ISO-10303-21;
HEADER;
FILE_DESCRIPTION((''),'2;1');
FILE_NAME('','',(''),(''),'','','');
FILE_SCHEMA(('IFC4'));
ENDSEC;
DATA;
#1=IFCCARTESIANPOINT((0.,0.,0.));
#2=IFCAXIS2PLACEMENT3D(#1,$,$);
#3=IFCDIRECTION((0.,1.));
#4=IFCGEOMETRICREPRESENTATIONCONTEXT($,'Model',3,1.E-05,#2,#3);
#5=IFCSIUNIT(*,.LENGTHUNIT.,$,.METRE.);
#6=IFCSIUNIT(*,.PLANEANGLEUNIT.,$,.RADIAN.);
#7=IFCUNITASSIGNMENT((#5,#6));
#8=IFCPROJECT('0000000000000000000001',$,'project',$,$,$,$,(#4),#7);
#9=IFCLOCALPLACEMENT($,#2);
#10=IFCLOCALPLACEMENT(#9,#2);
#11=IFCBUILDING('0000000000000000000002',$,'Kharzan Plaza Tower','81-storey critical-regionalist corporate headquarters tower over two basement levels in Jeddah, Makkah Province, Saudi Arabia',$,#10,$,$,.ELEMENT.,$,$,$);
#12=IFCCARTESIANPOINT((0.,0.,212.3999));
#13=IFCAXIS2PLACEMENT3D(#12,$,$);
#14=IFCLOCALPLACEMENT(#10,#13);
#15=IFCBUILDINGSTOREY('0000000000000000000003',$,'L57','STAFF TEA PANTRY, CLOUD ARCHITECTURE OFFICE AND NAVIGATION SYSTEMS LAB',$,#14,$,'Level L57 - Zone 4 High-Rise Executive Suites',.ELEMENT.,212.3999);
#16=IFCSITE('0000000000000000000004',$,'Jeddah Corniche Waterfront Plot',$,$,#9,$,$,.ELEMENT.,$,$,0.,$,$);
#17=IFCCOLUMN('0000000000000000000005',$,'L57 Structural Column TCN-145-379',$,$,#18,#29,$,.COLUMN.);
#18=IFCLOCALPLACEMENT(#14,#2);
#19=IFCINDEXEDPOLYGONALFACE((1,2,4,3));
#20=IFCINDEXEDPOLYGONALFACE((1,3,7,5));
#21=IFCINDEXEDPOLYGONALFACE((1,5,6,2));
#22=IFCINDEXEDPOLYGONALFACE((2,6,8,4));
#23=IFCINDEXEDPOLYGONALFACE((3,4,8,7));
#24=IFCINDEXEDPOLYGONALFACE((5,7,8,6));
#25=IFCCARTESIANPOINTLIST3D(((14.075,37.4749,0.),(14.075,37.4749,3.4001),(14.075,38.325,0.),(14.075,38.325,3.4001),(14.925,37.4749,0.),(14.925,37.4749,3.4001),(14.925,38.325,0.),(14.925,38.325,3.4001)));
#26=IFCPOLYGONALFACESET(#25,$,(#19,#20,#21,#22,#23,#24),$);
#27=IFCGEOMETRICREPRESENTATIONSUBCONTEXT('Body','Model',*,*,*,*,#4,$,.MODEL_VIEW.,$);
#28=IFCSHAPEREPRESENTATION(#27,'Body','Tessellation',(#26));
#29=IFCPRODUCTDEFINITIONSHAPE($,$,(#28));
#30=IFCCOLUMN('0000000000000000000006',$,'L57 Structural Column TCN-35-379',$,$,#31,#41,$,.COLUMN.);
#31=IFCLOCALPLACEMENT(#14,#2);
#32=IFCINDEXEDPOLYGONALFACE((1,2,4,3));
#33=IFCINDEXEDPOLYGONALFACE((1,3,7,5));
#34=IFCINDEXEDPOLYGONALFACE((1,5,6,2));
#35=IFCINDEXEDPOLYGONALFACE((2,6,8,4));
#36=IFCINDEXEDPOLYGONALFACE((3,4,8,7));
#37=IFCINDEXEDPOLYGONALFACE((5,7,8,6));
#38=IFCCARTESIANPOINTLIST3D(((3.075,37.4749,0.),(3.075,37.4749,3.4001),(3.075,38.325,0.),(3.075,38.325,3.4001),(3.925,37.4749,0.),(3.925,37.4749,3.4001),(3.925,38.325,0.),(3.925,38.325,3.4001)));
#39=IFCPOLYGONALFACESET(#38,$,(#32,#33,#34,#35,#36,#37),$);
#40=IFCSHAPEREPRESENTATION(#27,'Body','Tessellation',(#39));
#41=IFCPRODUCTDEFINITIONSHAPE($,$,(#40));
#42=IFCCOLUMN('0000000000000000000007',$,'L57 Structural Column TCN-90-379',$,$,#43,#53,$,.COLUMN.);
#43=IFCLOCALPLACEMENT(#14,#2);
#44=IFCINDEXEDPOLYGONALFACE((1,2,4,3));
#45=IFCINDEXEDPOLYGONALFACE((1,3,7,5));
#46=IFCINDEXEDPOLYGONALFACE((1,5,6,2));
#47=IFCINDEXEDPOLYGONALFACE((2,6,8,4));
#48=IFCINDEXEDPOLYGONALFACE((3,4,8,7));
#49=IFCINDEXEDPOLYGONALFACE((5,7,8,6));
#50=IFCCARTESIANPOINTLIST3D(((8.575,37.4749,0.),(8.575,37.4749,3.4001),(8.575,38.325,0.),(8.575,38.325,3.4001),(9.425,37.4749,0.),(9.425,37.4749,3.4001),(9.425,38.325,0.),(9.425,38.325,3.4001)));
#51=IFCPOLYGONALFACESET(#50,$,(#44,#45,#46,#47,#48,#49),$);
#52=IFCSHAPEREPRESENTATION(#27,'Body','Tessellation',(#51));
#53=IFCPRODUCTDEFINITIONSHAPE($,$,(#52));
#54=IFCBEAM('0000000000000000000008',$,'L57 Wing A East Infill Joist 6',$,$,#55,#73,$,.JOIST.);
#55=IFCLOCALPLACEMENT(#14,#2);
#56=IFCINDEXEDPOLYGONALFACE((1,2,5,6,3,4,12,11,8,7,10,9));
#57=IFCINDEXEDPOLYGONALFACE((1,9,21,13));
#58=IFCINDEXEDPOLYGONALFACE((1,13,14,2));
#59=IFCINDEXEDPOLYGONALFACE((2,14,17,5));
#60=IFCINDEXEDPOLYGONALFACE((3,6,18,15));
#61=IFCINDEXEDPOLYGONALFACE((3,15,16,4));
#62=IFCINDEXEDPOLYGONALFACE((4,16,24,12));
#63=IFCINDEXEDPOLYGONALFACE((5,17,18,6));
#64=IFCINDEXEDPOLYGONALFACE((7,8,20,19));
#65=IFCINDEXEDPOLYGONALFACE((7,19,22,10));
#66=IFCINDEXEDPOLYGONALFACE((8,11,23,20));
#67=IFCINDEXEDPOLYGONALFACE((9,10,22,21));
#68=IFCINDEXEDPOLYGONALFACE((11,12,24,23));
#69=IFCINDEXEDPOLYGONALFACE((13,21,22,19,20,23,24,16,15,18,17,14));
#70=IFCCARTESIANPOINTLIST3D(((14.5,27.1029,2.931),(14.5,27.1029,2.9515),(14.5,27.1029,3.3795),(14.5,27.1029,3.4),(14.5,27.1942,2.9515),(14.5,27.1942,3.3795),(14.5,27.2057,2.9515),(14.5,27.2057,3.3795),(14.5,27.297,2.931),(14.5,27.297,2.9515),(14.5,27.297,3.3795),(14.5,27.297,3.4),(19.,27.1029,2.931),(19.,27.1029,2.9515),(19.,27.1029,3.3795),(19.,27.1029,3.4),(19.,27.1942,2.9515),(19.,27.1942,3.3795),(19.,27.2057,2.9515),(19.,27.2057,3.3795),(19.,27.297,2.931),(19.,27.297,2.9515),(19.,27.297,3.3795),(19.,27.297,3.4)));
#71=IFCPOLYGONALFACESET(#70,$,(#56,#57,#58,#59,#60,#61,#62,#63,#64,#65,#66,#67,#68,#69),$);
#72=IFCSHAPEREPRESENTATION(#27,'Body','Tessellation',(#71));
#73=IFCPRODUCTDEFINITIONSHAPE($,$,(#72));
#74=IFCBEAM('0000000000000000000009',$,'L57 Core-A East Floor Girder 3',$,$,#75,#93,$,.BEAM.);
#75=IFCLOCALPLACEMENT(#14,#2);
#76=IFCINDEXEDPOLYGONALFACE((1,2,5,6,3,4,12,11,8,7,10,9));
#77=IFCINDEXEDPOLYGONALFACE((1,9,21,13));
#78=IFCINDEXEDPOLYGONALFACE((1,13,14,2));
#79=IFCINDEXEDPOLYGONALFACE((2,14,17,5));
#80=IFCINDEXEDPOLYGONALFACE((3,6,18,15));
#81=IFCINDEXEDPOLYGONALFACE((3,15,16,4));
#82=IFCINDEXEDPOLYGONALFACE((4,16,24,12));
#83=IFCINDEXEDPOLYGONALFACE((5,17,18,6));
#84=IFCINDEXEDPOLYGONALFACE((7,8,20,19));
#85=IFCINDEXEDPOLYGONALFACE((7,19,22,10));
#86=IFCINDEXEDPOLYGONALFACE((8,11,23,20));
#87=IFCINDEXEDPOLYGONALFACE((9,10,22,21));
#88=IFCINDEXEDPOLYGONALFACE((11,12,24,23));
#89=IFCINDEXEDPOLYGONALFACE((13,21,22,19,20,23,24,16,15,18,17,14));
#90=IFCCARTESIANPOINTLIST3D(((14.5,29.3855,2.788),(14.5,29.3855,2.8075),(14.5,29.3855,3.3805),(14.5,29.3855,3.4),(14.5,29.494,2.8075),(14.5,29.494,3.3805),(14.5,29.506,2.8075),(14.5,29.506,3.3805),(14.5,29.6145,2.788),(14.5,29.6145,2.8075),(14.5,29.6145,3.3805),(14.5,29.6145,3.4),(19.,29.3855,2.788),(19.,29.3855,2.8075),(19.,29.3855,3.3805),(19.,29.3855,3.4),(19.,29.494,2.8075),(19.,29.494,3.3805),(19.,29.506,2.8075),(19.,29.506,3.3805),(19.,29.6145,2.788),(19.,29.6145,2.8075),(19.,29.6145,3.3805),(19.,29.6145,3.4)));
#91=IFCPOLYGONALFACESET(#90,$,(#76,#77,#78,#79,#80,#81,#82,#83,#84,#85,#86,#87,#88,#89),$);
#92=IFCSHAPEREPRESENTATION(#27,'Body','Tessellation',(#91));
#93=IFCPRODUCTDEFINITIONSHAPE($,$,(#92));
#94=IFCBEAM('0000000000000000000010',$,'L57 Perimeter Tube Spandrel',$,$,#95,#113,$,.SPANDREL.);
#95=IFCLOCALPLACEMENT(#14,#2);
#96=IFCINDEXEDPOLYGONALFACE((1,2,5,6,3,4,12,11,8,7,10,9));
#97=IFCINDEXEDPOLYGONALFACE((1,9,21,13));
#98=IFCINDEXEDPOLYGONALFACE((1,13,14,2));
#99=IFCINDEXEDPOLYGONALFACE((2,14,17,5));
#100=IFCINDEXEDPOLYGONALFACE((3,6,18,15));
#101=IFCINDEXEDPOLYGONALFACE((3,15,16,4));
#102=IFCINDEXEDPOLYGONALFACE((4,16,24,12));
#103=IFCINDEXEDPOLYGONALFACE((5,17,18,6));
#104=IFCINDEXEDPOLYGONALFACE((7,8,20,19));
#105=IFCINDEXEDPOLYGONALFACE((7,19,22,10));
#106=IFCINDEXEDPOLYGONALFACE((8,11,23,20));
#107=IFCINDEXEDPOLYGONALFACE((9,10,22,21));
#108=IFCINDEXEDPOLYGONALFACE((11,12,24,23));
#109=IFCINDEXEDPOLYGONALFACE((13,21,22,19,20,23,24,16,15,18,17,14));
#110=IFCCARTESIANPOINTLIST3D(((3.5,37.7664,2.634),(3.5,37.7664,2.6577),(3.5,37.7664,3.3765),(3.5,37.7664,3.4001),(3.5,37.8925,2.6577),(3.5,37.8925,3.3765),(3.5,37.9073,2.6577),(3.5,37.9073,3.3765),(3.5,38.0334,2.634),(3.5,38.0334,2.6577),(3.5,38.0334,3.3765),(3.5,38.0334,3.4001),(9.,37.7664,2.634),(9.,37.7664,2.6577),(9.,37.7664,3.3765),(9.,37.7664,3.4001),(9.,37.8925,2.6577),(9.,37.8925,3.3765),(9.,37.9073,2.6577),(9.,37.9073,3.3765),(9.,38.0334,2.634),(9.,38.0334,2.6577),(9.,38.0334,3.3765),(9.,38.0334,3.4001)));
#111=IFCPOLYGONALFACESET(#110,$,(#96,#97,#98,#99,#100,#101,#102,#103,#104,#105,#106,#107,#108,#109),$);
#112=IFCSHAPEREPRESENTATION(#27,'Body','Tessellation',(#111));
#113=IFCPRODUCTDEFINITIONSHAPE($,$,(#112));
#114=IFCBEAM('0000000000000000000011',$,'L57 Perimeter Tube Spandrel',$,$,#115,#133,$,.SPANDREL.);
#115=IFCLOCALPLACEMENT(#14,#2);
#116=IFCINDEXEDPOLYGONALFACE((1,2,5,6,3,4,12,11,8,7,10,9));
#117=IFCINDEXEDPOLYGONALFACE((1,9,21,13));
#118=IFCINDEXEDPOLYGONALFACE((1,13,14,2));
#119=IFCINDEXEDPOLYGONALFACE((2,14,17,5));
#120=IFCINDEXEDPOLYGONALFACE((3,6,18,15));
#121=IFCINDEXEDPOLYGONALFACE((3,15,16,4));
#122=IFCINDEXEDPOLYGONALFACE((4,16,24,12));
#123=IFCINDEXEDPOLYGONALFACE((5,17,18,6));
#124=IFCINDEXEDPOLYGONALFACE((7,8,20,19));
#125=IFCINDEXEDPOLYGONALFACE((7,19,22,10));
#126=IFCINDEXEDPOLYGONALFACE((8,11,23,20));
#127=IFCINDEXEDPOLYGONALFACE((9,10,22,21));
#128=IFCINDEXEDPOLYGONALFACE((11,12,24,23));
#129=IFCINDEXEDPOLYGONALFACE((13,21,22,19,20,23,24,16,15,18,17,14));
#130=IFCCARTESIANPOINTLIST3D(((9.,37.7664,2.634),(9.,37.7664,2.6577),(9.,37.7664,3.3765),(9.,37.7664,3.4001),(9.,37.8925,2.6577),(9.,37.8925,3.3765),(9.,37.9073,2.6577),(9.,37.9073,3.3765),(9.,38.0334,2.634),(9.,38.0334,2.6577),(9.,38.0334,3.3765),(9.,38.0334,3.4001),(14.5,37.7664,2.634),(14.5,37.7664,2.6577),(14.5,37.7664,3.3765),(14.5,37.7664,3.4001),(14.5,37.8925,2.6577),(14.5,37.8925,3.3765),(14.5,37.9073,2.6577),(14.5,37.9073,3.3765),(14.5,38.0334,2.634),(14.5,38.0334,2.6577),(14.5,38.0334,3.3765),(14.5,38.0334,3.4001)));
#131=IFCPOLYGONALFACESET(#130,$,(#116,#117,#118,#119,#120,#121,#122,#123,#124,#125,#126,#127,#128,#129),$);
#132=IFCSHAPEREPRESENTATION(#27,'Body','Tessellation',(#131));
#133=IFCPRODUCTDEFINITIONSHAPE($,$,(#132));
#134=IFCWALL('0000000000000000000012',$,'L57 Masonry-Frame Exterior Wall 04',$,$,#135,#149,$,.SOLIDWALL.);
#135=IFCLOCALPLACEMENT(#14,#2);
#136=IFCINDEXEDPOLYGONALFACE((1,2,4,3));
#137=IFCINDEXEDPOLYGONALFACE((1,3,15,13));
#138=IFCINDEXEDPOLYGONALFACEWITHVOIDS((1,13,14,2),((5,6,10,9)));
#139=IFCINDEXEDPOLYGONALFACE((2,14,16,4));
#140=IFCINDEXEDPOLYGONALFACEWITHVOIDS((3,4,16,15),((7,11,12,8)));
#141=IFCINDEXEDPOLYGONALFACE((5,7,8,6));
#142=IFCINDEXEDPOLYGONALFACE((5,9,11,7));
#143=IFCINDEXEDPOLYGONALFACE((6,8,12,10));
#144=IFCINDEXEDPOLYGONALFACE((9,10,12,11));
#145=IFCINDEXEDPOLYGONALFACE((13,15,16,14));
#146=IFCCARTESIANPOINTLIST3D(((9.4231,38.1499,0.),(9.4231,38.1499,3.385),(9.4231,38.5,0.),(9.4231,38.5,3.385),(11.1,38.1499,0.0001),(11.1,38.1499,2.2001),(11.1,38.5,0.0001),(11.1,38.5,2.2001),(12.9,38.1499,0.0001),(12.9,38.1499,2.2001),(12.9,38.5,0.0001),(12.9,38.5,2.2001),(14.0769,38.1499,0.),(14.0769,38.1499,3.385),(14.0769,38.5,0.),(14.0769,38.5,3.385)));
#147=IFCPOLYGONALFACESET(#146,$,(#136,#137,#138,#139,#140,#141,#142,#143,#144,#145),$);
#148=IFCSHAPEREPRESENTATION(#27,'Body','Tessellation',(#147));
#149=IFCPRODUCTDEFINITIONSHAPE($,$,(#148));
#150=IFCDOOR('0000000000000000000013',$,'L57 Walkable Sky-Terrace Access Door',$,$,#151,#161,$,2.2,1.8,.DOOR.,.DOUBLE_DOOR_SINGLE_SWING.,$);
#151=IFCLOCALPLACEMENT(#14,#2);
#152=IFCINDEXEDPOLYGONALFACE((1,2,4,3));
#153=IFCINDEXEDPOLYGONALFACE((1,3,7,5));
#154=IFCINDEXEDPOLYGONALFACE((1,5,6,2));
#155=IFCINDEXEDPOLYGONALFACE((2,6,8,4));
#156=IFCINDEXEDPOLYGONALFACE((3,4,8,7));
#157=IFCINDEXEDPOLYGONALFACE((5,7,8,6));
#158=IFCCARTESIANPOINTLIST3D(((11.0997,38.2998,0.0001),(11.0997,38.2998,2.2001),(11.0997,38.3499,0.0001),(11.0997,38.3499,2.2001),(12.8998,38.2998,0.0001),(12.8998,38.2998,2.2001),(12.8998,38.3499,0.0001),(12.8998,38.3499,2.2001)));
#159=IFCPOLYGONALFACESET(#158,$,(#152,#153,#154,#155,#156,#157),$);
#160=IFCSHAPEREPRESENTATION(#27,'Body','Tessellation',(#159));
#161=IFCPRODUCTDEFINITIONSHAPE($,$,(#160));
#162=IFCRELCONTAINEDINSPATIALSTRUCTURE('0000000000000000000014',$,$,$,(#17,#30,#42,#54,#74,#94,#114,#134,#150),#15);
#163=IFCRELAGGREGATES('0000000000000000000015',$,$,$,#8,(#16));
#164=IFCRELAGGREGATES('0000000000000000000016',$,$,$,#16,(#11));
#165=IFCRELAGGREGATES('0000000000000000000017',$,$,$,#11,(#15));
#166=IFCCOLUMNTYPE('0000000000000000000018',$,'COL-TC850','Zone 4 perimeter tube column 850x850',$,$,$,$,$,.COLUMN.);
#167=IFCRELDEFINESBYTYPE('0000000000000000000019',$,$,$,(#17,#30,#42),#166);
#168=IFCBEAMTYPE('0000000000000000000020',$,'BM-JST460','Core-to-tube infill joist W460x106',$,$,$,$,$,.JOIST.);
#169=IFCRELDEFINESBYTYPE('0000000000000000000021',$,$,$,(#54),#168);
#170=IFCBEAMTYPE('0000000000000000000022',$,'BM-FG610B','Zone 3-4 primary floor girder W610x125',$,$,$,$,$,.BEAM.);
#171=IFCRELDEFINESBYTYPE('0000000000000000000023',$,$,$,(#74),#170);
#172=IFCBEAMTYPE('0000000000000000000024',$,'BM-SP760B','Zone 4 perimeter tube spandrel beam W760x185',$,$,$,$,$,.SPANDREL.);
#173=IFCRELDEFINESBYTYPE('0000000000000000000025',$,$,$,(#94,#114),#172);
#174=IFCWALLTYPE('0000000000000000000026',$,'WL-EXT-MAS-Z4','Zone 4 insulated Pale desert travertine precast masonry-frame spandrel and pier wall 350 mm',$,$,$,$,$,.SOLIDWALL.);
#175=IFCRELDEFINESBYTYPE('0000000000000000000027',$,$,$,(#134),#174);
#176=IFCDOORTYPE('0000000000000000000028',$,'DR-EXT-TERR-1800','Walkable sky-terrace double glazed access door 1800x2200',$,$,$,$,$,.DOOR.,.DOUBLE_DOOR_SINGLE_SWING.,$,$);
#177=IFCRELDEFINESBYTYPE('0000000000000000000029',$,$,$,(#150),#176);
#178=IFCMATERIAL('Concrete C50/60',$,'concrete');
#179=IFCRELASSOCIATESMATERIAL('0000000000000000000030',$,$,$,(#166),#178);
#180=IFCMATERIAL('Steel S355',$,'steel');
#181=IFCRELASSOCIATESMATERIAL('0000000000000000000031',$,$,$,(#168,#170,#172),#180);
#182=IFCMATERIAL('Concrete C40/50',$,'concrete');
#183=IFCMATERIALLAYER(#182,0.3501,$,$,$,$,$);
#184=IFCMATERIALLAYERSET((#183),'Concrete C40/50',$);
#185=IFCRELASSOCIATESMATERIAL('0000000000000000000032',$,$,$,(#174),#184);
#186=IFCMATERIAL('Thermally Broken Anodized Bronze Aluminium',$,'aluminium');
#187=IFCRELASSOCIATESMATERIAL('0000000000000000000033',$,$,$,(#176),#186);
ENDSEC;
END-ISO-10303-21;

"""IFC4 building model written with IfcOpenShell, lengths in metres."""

from ifc_helpers import new_model, si_unit, direction, frame, frame_2d, origin, origin_2d, place, context, subcontext, project, spatial, rectangle, i_section, extrude, source, transform, mapped, material, layer, layer_set, material_profile, profile_set, type_object, element, fill, save


model = new_model("IFC4")

# Units and contexts
model_context = context("Model", 3, precision=1e-05, world=origin(), true_north=direction((0.0, 1.0)))
body_context = subcontext(model_context, "Body", "Model", "MODEL_VIEW")
ifc_project = project(units=[si_unit("LENGTHUNIT", "METRE"), si_unit("PLANEANGLEUNIT", "RADIAN")], contexts=[model_context])

# Site, building, storey
site_placement = place(None, origin())
site = spatial("IfcSite", under=ifc_project, at=site_placement, Name="Jeddah Corniche Waterfront Plot", CompositionType="ELEMENT", RefElevation=0.0)
building_placement = place(site_placement, origin())
building = spatial("IfcBuilding", under=site, at=building_placement, Name="Kharzan Plaza Tower", Description="81-storey critical-regionalist corporate headquarters tower over two basement levels in Jeddah, Makkah Province, Saudi Arabia", CompositionType="ELEMENT")
storey_placement = place(building_placement, frame((0.0, 0.0, 212.3999)))
storey = spatial("IfcBuildingStorey", under=building, at=storey_placement, Name="L57", Description="STAFF TEA PANTRY, CLOUD ARCHITECTURE OFFICE AND NAVIGATION SYSTEMS LAB", LongName="Level L57 - Zone 4 High-Rise Executive Suites", CompositionType="ELEMENT", Elevation=212.3999)

# Columns
ifc_material_1 = material(Name="Concrete C50/60", Category="concrete")
ifc_material_profile_1 = material_profile(ifc_material_1, rectangle(XDim=0.8501, YDim=0.8501, at=origin_2d()), Name="RC-TC850x850")
ifc_profile_set_1 = profile_set([ifc_material_profile_1], Name="Concrete C50/60")
column_type = type_object("IfcColumnType", Name="COL-TC850", Description="Zone 4 perimeter tube column 850x850", PredefinedType="COLUMN", material=ifc_profile_set_1)
shared_shape_1 = source(origin(), body_context, "Body", "SweptSolid", [
    extrude(rectangle(XDim=0.8501, YDim=0.8501, at=origin_2d()), origin(), (0.0, 0.0, 1.0), 3.4001),
])
for number, where, z_axis, x_axis, name in (
    (1, (14.5, 37.8999, 0.0), (0.0, 0.0, 1.0), (1.0, 0.0, 0.0), "L57 Structural Column TCN-145-379"),
    (2, (3.5, 37.8999, 0.0), (0.0, 0.0, 1.0), (1.0, 0.0, 0.0), "L57 Structural Column TCN-35-379"),
    (3, (9.0, 37.8999, 0.0), (0.0, 0.0, 1.0), (1.0, 0.0, 0.0), "L57 Structural Column TCN-90-379"),
):
    element("IfcColumn", number, at=place(storey_placement, frame(where, z_axis=z_axis, x_axis=x_axis)), inside=storey, type_object=column_type, Name=name, PredefinedType="COLUMN", context=body_context, shape_type="MappedRepresentation", body=[
        mapped(shared_shape_1, transform((0.0, 0.0, 0.0), x_axis=(1.0, 0.0, 0.0), y_axis=(0.0, 1.0, 0.0), z_axis=(0.0, 0.0, 1.0))),
    ])

# Beams
ifc_material_2 = material(Name="Steel S355", Category="steel")
ifc_material_profile_2 = material_profile(ifc_material_2, i_section(OverallWidth=0.1941, OverallDepth=0.469, WebThickness=0.0115, FlangeThickness=0.0205, at=origin_2d()), Name="W460x106")
ifc_profile_set_2 = profile_set([ifc_material_profile_2], Name="Steel S355")
beam_type_1 = type_object("IfcBeamType", Name="BM-JST460", Description="Core-to-tube infill joist W460x106", PredefinedType="JOIST", material=ifc_profile_set_2)
shared_shape_2 = source(origin(), body_context, "Body", "SweptSolid", [
    extrude(i_section(OverallWidth=0.1941, OverallDepth=0.469, WebThickness=0.0115, FlangeThickness=0.0205, at=origin_2d()), origin(), (0.0, 0.0, 1.0), 4.5),
])
beam_1_placement = place(storey_placement, frame((14.5, 27.2, 3.1655), z_axis=(1.0, 0.0, 0.0), x_axis=(0.0, 1.0, 0.0)))
element("IfcBeam", 4, at=beam_1_placement, inside=storey, type_object=beam_type_1, Name="L57 Wing A East Infill Joist 6", PredefinedType="JOIST", context=body_context, shape_type="MappedRepresentation", body=[
    mapped(shared_shape_2, transform((0.0, 0.0, 0.0), x_axis=(1.0, 0.0, 0.0), y_axis=(0.0, 1.0, 0.0), z_axis=(0.0, 0.0, 1.0))),
])
ifc_material_profile_3 = material_profile(ifc_material_2, i_section(OverallWidth=0.229, OverallDepth=0.6121, WebThickness=0.012, FlangeThickness=0.0195, at=origin_2d()), Name="W610x125")
ifc_profile_set_3 = profile_set([ifc_material_profile_3], Name="Steel S355")
beam_type_2 = type_object("IfcBeamType", Name="BM-FG610B", Description="Zone 3-4 primary floor girder W610x125", PredefinedType="BEAM", material=ifc_profile_set_3)
shared_shape_3 = source(origin(), body_context, "Body", "SweptSolid", [
    extrude(i_section(OverallWidth=0.229, OverallDepth=0.6121, WebThickness=0.012, FlangeThickness=0.0195, at=origin_2d()), origin(), (0.0, 0.0, 1.0), 4.5),
])
beam_2_placement = place(storey_placement, frame((14.5, 29.5, 3.094), z_axis=(1.0, 0.0, 0.0), x_axis=(0.0, 1.0, 0.0)))
element("IfcBeam", 5, at=beam_2_placement, inside=storey, type_object=beam_type_2, Name="L57 Core-A East Floor Girder 3", PredefinedType="BEAM", context=body_context, shape_type="MappedRepresentation", body=[
    mapped(shared_shape_3, transform((0.0, 0.0, 0.0), x_axis=(1.0, 0.0, 0.0), y_axis=(0.0, 1.0, 0.0), z_axis=(0.0, 0.0, 1.0))),
])
ifc_material_profile_4 = material_profile(ifc_material_2, i_section(OverallWidth=0.2671, OverallDepth=0.7661, WebThickness=0.0149, FlangeThickness=0.0237, at=origin_2d()), Name="W760x185")
ifc_profile_set_4 = profile_set([ifc_material_profile_4], Name="Steel S355")
beam_type_3 = type_object("IfcBeamType", Name="BM-SP760B", Description="Zone 4 perimeter tube spandrel beam W760x185", PredefinedType="SPANDREL", material=ifc_profile_set_4)
shared_shape_4 = source(origin(), body_context, "Body", "SweptSolid", [
    extrude(i_section(OverallWidth=0.2671, OverallDepth=0.7661, WebThickness=0.0149, FlangeThickness=0.0237, at=origin_2d()), origin(), (0.0, 0.0, 1.0), 5.5),
])
for number, where, z_axis, x_axis, name in (
    (6, (3.5, 37.8999, 3.0171), (1.0, 0.0, 0.0), (0.0, 1.0, 0.0), "L57 Perimeter Tube Spandrel"),
    (7, (9.0, 37.8999, 3.0171), (1.0, 0.0, 0.0), (0.0, 1.0, 0.0), "L57 Perimeter Tube Spandrel"),
):
    element("IfcBeam", number, at=place(storey_placement, frame(where, z_axis=z_axis, x_axis=x_axis)), inside=storey, type_object=beam_type_3, Name=name, PredefinedType="SPANDREL", context=body_context, shape_type="MappedRepresentation", body=[
        mapped(shared_shape_4, transform((0.0, 0.0, 0.0), x_axis=(1.0, 0.0, 0.0), y_axis=(0.0, 1.0, 0.0), z_axis=(0.0, 0.0, 1.0))),
    ])

# Wall, opening, door
ifc_material_3 = material(Name="Concrete C40/50", Category="concrete")
ifc_layer_1 = layer(ifc_material_3, 0.3501)
ifc_layer_set_1 = layer_set([ifc_layer_1], Name="Concrete C40/50")
wall_type_1 = type_object("IfcWallType", Name="WL-EXT-MAS-Z4", Description="Zone 4 insulated Pale desert travertine precast masonry-frame spandrel and pier wall 350 mm", PredefinedType="SOLIDWALL", material=ifc_layer_set_1)
wall_1_placement = place(storey_placement, frame((14.0769, 38.325, 0.0), z_axis=(0.0, 0.0, 1.0), x_axis=(-1.0, 0.0, 0.0)))
wall_1 = element("IfcWall", 8, at=wall_1_placement, inside=storey, type_object=wall_type_1, Name="L57 Masonry-Frame Exterior Wall 04", PredefinedType="SOLIDWALL", context=body_context, shape_type="SweptSolid", body=[
    extrude(rectangle(XDim=4.6538, YDim=0.3501, at=frame_2d((2.3269, 0.0))), origin(), (0.0, 0.0, 1.0), 3.385),
])
opening_1_placement = place(wall_1_placement, frame((1.177, 0.0, 0.0)))
opening_1 = element("IfcOpeningElement", 9, at=opening_1_placement, cuts=wall_1, PredefinedType="OPENING", context=body_context, shape_type="SweptSolid", body=[
    extrude(rectangle(XDim=1.8, YDim=2.2, at=frame_2d((0.8999, 1.1001))), frame((0.0, 0.1851, 0.0), z_axis=(0.0, -1.0, 0.0), x_axis=(1.0, 0.0, 0.0)), (0.0, 0.0, 1.0), 0.3701),
])
ifc_material_4 = material(Name="Thermally Broken Anodized Bronze Aluminium", Category="aluminium")
door_type = type_object("IfcDoorType", Name="DR-EXT-TERR-1800", Description="Walkable sky-terrace double glazed access door 1800x2200", OperationType="DOUBLE_DOOR_SINGLE_SWING", PredefinedType="DOOR", material=ifc_material_4)
shared_shape_5 = source(origin(), body_context, "Body", "SweptSolid", [
    extrude(rectangle(XDim=1.8, YDim=2.2, at=frame_2d((0.8999, 1.1001))), frame((0.0, 0.0249, 0.0), z_axis=(0.0, -1.0, 0.0), x_axis=(1.0, 0.0, 0.0)), (0.0, 0.0, 1.0), 0.05),
])
door_placement = place(opening_1_placement, frame((1.8, 0.0, 0.0), z_axis=(0.0, 0.0, 1.0), x_axis=(-1.0, 0.0, 0.0)))
door = element("IfcDoor", 10, at=door_placement, inside=storey, type_object=door_type, Name="L57 Walkable Sky-Terrace Access Door", OperationType="DOUBLE_DOOR_SINGLE_SWING", OverallHeight=2.2, OverallWidth=1.8, PredefinedType="DOOR", context=body_context, shape_type="MappedRepresentation", body=[
    mapped(shared_shape_5, transform((0.0, 0.0, 0.0), x_axis=(1.0, 0.0, 0.0), y_axis=(0.0, 1.0, 0.0), z_axis=(0.0, 0.0, 1.0))),
])
fill(opening_1, door)

save(model, "model.ifc")
